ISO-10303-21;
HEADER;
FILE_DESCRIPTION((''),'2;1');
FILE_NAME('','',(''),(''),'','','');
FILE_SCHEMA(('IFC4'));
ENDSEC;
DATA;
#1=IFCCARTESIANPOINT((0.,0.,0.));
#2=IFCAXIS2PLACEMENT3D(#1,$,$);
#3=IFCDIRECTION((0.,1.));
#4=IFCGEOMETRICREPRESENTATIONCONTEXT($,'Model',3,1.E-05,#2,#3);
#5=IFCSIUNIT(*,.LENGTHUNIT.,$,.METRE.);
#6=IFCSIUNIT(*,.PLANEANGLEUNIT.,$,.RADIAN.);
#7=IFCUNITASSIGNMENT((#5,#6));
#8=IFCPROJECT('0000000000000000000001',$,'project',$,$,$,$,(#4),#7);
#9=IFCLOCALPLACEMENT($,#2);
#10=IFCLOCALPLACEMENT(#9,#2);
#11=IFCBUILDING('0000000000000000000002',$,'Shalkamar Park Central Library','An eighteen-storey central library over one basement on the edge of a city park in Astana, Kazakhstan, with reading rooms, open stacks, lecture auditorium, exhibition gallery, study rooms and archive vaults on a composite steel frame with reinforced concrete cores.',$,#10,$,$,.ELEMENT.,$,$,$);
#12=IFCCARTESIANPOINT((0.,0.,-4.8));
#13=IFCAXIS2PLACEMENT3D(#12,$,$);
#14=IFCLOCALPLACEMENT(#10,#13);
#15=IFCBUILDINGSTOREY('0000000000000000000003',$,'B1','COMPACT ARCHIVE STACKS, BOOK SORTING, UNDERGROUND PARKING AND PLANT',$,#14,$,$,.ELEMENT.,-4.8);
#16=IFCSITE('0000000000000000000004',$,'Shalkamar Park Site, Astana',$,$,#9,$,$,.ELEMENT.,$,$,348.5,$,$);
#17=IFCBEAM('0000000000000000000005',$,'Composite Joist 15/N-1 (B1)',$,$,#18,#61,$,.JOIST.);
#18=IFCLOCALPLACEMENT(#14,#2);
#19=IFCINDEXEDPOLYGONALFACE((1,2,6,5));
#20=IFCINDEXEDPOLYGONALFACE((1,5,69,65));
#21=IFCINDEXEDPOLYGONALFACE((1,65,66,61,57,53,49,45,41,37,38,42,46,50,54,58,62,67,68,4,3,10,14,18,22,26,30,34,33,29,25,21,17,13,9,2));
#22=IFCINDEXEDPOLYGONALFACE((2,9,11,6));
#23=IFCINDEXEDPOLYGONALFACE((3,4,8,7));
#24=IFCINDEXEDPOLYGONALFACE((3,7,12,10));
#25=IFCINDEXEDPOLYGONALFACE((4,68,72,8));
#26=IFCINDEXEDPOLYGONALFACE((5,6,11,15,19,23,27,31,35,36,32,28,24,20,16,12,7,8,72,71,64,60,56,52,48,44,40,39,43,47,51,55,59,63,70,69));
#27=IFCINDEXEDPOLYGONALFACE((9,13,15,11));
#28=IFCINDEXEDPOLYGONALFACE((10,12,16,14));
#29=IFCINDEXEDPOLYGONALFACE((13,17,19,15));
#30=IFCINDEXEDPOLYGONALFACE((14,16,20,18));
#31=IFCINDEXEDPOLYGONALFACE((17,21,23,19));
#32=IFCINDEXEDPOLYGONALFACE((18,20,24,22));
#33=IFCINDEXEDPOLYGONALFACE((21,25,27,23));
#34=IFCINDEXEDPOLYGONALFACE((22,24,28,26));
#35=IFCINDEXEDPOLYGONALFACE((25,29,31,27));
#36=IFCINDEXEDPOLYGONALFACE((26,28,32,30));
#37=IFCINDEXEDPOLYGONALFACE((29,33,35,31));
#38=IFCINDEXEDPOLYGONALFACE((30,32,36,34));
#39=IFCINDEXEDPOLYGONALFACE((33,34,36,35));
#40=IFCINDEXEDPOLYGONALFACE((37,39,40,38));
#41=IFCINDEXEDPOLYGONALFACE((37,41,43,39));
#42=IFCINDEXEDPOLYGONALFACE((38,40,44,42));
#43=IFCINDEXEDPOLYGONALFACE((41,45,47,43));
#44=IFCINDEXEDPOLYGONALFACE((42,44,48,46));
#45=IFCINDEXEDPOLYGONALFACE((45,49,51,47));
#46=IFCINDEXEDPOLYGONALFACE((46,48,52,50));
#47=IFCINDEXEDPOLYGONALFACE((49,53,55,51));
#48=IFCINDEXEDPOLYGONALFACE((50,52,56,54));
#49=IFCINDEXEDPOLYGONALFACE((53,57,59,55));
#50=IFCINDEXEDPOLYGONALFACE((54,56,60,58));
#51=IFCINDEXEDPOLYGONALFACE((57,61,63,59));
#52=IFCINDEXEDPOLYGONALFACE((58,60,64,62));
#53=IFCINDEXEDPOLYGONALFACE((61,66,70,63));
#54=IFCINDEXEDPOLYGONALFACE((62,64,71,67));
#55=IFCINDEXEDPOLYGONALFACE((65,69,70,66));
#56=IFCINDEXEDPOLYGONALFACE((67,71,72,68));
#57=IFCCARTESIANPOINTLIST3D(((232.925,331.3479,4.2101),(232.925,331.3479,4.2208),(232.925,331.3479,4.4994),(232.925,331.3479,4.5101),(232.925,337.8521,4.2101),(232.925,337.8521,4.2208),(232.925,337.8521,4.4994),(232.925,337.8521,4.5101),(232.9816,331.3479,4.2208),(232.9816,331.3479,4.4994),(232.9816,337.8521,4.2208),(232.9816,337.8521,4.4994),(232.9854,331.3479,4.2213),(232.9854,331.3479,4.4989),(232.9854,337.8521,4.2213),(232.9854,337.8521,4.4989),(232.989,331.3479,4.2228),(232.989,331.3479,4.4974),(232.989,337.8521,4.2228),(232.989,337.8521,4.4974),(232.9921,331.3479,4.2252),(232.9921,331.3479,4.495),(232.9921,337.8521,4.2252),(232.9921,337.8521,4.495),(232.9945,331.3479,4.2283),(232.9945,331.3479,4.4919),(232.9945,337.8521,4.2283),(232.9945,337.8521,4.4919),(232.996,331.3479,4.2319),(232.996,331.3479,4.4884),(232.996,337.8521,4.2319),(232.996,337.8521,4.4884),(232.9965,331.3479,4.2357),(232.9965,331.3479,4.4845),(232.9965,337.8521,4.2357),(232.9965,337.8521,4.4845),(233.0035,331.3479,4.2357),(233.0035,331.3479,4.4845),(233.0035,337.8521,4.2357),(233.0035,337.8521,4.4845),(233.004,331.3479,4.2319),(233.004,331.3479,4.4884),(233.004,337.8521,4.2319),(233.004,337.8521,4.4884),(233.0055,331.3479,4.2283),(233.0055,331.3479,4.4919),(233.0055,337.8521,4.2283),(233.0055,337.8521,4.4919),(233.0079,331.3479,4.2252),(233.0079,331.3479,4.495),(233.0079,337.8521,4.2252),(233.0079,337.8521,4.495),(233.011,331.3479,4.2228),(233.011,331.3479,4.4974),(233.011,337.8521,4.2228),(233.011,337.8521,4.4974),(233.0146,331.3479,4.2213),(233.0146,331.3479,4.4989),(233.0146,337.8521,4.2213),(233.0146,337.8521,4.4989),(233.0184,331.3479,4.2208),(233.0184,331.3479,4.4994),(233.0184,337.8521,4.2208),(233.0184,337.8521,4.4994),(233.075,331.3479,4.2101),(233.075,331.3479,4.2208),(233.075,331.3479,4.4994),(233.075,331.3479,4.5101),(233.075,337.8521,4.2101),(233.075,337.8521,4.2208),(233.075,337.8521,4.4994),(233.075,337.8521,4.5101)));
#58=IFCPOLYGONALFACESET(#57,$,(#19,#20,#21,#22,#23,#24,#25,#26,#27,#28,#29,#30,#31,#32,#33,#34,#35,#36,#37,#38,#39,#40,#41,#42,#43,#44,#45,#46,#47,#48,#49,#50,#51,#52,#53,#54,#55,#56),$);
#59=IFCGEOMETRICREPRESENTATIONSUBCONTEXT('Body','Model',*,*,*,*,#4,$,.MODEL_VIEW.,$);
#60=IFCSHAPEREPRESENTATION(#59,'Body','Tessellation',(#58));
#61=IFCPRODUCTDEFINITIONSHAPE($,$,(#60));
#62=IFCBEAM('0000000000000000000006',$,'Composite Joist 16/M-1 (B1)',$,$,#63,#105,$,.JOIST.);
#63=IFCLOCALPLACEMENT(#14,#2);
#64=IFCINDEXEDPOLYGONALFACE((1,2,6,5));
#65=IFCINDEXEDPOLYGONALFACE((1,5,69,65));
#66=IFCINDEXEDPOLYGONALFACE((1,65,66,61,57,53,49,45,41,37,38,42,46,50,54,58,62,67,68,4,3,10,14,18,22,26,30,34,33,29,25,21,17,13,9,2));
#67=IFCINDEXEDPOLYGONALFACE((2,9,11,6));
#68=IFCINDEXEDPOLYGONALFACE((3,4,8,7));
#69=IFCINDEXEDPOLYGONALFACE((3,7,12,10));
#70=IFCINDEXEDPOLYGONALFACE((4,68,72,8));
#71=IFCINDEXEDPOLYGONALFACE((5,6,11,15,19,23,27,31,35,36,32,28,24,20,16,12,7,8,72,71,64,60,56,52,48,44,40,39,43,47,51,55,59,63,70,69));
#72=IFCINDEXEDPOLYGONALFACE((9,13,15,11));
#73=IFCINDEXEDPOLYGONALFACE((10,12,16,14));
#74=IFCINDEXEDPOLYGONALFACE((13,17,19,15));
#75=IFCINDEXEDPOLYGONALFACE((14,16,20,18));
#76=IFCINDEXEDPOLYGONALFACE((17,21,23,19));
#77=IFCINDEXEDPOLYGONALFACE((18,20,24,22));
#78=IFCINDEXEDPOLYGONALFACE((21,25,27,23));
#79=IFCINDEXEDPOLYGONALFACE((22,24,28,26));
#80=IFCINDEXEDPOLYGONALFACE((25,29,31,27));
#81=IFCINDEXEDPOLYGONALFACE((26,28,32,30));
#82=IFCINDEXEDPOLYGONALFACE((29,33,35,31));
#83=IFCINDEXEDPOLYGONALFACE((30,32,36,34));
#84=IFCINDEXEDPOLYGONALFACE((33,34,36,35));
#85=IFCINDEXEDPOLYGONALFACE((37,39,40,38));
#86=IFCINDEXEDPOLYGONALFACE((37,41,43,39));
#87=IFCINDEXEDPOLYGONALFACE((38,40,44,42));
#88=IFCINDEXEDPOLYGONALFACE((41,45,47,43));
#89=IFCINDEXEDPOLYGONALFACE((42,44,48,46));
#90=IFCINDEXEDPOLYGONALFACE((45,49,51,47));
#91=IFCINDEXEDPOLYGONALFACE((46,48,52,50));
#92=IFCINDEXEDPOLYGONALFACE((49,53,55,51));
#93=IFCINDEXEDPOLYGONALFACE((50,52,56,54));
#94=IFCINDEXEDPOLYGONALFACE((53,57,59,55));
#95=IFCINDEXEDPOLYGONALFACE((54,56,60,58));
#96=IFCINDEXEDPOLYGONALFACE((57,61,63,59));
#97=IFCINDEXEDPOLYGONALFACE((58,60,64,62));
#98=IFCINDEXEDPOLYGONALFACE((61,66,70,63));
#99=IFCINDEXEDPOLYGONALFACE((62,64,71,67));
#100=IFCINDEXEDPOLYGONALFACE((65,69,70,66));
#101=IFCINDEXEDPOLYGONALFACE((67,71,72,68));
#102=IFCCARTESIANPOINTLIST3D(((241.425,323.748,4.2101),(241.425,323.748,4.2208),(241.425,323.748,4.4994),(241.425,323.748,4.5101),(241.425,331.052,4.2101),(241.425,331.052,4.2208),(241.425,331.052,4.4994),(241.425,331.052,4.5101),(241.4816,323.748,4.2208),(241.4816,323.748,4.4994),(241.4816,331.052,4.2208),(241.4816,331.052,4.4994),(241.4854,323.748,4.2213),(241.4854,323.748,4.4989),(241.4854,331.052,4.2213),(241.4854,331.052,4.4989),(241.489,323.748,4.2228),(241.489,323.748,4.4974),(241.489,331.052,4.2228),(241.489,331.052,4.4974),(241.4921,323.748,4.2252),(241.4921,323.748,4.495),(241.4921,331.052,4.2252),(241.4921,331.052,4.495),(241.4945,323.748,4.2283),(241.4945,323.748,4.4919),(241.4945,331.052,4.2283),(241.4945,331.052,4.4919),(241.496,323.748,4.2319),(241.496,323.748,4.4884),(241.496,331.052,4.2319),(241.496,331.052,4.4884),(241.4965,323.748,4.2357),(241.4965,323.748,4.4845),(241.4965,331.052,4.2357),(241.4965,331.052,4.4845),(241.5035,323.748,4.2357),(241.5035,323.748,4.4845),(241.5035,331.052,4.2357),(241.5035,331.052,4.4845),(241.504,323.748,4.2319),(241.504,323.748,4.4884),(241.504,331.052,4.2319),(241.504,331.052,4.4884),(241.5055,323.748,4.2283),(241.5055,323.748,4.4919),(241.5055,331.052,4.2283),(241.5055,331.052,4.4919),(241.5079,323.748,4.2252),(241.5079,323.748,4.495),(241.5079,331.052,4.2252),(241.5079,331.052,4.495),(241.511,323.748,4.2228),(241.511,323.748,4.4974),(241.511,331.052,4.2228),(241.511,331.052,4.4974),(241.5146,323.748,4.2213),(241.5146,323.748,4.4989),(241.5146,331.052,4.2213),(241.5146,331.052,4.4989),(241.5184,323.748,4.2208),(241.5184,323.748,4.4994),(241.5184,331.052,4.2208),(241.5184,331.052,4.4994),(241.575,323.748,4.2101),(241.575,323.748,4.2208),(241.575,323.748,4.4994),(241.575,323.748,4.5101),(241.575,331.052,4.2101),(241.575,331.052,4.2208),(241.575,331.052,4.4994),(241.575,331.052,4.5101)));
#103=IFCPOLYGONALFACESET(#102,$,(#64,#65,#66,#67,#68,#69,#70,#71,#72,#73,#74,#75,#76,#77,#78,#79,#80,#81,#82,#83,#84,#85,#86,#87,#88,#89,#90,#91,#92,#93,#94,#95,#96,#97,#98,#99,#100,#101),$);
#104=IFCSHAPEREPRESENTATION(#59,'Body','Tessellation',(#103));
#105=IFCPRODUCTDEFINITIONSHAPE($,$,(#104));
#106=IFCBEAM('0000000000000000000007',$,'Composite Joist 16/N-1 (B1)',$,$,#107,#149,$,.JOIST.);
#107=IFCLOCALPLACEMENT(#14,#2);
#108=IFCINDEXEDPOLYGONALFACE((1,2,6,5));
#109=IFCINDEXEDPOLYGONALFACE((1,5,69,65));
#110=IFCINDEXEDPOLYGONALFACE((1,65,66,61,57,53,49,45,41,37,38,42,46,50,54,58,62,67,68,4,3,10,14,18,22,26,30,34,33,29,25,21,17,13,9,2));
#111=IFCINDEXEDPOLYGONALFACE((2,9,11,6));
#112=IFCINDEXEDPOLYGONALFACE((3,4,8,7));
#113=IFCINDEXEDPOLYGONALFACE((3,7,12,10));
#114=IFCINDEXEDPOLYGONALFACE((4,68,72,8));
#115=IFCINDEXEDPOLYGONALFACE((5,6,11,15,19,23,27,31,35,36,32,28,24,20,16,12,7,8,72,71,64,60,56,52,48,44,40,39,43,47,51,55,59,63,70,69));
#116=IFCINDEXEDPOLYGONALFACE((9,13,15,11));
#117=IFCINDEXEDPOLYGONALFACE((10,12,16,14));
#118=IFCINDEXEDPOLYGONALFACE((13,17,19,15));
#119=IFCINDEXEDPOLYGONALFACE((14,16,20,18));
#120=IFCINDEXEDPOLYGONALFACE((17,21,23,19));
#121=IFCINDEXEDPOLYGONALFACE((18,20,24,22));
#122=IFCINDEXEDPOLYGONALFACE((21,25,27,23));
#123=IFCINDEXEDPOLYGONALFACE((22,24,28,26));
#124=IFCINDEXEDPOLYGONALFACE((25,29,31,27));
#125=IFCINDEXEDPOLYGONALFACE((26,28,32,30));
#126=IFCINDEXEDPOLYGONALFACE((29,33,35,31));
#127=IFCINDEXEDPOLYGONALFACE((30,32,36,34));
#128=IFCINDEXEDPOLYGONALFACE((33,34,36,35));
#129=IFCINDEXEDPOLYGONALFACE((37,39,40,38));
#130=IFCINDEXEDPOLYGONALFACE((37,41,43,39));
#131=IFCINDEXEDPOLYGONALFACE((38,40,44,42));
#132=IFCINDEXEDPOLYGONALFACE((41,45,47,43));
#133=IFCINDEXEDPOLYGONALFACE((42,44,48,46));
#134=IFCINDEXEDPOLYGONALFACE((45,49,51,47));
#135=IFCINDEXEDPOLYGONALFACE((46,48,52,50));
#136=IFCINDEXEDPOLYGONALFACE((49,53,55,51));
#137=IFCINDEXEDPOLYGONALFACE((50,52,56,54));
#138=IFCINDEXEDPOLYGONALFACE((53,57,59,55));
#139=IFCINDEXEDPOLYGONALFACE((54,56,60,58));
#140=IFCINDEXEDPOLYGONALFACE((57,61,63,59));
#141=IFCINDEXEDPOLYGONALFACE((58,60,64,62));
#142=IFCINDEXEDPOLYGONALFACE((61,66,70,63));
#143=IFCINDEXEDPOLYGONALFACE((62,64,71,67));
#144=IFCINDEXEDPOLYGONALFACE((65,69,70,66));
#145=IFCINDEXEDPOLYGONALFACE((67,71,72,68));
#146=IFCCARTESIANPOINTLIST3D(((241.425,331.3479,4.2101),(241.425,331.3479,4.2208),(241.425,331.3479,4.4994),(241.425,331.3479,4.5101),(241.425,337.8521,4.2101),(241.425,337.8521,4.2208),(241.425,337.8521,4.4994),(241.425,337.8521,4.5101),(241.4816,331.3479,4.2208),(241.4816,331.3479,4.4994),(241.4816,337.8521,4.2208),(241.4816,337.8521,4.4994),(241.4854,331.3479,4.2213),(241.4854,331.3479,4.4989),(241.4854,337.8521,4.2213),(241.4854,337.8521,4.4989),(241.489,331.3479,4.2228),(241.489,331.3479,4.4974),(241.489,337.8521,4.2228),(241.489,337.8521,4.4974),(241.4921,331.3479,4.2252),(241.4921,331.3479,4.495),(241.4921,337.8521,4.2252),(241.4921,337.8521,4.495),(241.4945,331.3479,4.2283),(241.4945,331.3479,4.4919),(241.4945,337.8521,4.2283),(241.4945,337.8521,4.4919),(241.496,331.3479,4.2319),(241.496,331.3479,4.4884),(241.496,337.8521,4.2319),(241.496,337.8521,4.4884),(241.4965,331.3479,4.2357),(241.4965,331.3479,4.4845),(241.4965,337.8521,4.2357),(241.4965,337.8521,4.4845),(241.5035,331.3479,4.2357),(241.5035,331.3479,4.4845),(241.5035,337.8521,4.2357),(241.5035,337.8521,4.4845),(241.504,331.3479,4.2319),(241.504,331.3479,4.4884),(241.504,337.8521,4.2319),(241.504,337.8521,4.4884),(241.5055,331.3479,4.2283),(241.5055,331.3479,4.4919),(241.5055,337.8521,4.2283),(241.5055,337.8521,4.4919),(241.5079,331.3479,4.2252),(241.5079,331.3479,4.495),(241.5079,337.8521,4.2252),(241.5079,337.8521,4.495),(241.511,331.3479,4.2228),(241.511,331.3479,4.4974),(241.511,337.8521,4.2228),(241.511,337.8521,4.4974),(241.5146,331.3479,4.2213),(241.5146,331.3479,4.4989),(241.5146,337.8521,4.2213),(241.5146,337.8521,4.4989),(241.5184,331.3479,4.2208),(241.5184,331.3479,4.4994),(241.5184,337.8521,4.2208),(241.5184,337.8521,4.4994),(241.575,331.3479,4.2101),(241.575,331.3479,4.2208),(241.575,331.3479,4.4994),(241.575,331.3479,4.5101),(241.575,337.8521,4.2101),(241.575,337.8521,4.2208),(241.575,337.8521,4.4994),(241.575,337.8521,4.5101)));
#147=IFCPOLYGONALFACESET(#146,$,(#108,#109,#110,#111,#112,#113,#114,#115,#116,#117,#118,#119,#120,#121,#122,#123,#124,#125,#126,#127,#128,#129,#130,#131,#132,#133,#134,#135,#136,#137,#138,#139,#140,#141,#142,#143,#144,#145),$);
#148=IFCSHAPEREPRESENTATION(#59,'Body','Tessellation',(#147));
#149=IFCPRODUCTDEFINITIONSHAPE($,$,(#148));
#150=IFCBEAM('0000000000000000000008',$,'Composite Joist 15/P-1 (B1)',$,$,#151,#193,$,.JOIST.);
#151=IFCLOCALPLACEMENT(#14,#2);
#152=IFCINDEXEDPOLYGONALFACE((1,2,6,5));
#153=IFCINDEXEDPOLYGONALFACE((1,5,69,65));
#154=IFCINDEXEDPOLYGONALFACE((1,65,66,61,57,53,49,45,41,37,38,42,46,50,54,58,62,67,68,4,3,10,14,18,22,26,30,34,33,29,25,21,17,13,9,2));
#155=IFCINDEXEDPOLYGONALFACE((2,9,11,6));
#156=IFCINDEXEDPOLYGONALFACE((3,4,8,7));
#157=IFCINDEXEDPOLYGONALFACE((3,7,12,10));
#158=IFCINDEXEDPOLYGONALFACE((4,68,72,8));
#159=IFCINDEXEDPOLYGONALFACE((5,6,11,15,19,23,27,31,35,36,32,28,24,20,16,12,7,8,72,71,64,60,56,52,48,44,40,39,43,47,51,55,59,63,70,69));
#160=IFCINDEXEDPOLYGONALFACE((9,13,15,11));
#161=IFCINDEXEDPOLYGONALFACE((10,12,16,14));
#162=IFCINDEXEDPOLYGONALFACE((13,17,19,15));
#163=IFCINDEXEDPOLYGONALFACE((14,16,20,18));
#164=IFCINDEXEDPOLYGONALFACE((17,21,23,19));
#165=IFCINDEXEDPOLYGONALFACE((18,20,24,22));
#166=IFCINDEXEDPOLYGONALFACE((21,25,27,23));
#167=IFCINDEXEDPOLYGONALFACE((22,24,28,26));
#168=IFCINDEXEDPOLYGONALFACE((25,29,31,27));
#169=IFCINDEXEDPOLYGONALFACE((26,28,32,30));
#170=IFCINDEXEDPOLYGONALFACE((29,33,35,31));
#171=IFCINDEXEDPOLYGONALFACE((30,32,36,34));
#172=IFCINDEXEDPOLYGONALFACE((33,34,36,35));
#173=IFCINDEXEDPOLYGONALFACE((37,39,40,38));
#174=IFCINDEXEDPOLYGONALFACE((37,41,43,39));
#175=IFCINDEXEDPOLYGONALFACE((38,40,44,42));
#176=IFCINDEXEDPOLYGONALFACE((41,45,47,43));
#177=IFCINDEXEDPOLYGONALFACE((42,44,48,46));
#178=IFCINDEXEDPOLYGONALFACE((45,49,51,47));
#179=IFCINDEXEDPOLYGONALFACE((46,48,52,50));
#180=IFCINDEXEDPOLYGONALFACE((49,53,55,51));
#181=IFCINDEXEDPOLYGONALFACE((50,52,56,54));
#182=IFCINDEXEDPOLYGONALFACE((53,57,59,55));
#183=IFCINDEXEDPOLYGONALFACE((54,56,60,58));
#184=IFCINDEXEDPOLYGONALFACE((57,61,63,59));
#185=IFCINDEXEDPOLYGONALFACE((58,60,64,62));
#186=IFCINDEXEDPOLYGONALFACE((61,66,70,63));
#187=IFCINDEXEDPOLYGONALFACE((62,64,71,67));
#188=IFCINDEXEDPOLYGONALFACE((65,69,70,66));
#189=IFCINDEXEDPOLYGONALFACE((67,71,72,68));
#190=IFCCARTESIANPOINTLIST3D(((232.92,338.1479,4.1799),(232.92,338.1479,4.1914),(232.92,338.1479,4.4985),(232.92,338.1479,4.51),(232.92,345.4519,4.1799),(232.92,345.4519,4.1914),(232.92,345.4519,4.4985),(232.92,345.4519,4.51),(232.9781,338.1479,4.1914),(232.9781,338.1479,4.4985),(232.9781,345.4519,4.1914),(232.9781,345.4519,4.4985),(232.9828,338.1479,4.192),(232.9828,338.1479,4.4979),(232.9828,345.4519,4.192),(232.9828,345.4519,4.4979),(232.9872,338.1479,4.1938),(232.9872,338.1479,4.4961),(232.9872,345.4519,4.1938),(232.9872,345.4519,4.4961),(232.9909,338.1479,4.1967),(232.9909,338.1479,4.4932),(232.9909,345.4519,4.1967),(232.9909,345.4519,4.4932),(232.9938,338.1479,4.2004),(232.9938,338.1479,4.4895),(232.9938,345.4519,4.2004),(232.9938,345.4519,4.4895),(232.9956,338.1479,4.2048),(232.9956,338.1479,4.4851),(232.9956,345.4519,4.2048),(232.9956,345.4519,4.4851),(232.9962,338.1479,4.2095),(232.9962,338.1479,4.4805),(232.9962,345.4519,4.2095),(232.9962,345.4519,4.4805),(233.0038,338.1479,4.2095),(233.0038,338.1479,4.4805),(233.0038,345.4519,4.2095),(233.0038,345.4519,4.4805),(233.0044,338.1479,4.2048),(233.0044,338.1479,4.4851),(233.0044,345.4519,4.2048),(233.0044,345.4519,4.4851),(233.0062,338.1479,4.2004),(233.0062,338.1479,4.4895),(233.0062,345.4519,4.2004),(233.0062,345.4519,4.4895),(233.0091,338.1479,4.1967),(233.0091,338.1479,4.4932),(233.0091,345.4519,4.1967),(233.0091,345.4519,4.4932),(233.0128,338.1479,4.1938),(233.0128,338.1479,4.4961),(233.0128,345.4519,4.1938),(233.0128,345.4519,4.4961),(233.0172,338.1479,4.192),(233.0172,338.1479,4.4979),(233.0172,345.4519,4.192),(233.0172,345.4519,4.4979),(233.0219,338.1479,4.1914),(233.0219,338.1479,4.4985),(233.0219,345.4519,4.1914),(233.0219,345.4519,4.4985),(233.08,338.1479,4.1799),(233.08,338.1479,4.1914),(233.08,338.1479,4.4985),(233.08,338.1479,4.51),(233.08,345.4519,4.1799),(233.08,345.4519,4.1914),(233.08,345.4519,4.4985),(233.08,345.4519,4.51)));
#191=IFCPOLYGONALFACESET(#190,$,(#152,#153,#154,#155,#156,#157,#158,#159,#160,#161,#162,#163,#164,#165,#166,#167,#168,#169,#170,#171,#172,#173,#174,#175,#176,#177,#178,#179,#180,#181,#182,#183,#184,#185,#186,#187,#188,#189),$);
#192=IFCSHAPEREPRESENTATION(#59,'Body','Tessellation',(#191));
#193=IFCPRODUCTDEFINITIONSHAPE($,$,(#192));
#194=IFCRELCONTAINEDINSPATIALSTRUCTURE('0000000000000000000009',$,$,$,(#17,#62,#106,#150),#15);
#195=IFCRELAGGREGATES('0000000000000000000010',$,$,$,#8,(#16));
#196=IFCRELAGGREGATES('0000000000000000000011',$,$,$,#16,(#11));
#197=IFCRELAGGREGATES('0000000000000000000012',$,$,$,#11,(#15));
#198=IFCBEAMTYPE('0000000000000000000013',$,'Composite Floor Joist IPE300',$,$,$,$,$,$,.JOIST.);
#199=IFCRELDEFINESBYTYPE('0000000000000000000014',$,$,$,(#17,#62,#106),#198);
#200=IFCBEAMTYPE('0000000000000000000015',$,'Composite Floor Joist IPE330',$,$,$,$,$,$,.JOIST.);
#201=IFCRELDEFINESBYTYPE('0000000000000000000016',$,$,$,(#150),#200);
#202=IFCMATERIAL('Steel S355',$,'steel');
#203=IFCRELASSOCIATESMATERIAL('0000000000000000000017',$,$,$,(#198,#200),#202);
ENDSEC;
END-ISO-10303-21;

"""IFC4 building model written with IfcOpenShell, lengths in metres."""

from ifc_helpers import new_model, si_unit, direction, frame, origin, origin_2d, place, context, subcontext, project, spatial, i_section, extrude, material, material_profile, profile_set, type_object, element, save


model = new_model("IFC4")

# Units and contexts
model_context = context("Model", 3, precision=1e-05, world=origin(), true_north=direction((0.0, 1.0)))
body_context = subcontext(model_context, "Body", "Model", "MODEL_VIEW")
ifc_project = project(units=[si_unit("LENGTHUNIT", "METRE"), si_unit("PLANEANGLEUNIT", "RADIAN")], contexts=[model_context])

# Site, building, storey
site_placement = place(None, origin())
site = spatial("IfcSite", under=ifc_project, at=site_placement, Name="Shalkamar Park Site, Astana", CompositionType="ELEMENT", RefElevation=348.5)
building_placement = place(site_placement, origin())
building = spatial("IfcBuilding", under=site, at=building_placement, Name="Shalkamar Park Central Library", Description="An eighteen-storey central library over one basement on the edge of a city park in Astana, Kazakhstan, with reading rooms, open stacks, lecture auditorium, exhibition gallery, study rooms and archive vaults on a composite steel frame with reinforced concrete cores.", CompositionType="ELEMENT")
storey_placement = place(building_placement, frame((0.0, 0.0, -4.8)))
storey = spatial("IfcBuildingStorey", under=building, at=storey_placement, Name="B1", Description="COMPACT ARCHIVE STACKS, BOOK SORTING, UNDERGROUND PARKING AND PLANT", CompositionType="ELEMENT", Elevation=-4.8)

# Shared definitions
ifc_material_1 = material(Name="Steel S355", Category="steel")

# Beams
ifc_material_profile_1 = material_profile(ifc_material_1, i_section(OverallWidth=0.1499, OverallDepth=0.3, WebThickness=0.0071, FlangeThickness=0.0107, FilletRadius=0.0149, at=origin_2d()), Name="IPE 300")
ifc_profile_set_1 = profile_set([ifc_material_profile_1], Name="Steel S355")
beam_type_1 = type_object("IfcBeamType", Name="Composite Floor Joist IPE300", PredefinedType="JOIST", material=ifc_profile_set_1)
beam_1_placement = place(storey_placement, frame((233.0, 331.3479, 4.3601), z_axis=(0.0, 1.0, 0.0), x_axis=(-1.0, 0.0, 0.0)))
element("IfcBeam", 1, at=beam_1_placement, inside=storey, type_object=beam_type_1, Name="Composite Joist 15/N-1 (B1)", PredefinedType="JOIST", context=body_context, shape_type="SweptSolid", body=[
    extrude(i_section(OverallWidth=0.1499, OverallDepth=0.3, WebThickness=0.0071, FlangeThickness=0.0107, FilletRadius=0.0149, at=origin_2d()), origin(), (0.0, 0.0, 1.0), 6.5042),
])
beam_2_placement = place(storey_placement, frame((241.5, 323.748, 4.3601), z_axis=(0.0, 1.0, 0.0), x_axis=(-1.0, 0.0, 0.0)))
element("IfcBeam", 2, at=beam_2_placement, inside=storey, type_object=beam_type_1, Name="Composite Joist 16/M-1 (B1)", PredefinedType="JOIST", context=body_context, shape_type="SweptSolid", body=[
    extrude(i_section(OverallWidth=0.1499, OverallDepth=0.3, WebThickness=0.0071, FlangeThickness=0.0107, FilletRadius=0.0149, at=origin_2d()), origin(), (0.0, 0.0, 1.0), 7.304),
])
beam_3_placement = place(storey_placement, frame((241.5, 331.3479, 4.3601), z_axis=(0.0, 1.0, 0.0), x_axis=(-1.0, 0.0, 0.0)))
element("IfcBeam", 3, at=beam_3_placement, inside=storey, type_object=beam_type_1, Name="Composite Joist 16/N-1 (B1)", PredefinedType="JOIST", context=body_context, shape_type="SweptSolid", body=[
    extrude(i_section(OverallWidth=0.1499, OverallDepth=0.3, WebThickness=0.0071, FlangeThickness=0.0107, FilletRadius=0.0149, at=origin_2d()), origin(), (0.0, 0.0, 1.0), 6.5042),
])
ifc_material_profile_2 = material_profile(ifc_material_1, i_section(OverallWidth=0.1599, OverallDepth=0.3301, WebThickness=0.0076, FlangeThickness=0.0115, FilletRadius=0.0181, at=origin_2d()), Name="IPE 330")
ifc_profile_set_2 = profile_set([ifc_material_profile_2], Name="Steel S355")
beam_type_2 = type_object("IfcBeamType", Name="Composite Floor Joist IPE330", PredefinedType="JOIST", material=ifc_profile_set_2)
beam_4_placement = place(storey_placement, frame((233.0, 338.1479, 4.345), z_axis=(0.0, 1.0, 0.0), x_axis=(-1.0, 0.0, 0.0)))
element("IfcBeam", 4, at=beam_4_placement, inside=storey, type_object=beam_type_2, Name="Composite Joist 15/P-1 (B1)", PredefinedType="JOIST", context=body_context, shape_type="SweptSolid", body=[
    extrude(i_section(OverallWidth=0.1599, OverallDepth=0.3301, WebThickness=0.0076, FlangeThickness=0.0115, FilletRadius=0.0181, at=origin_2d()), origin(), (0.0, 0.0, 1.0), 7.304),
])

save(model, "model.ifc")
